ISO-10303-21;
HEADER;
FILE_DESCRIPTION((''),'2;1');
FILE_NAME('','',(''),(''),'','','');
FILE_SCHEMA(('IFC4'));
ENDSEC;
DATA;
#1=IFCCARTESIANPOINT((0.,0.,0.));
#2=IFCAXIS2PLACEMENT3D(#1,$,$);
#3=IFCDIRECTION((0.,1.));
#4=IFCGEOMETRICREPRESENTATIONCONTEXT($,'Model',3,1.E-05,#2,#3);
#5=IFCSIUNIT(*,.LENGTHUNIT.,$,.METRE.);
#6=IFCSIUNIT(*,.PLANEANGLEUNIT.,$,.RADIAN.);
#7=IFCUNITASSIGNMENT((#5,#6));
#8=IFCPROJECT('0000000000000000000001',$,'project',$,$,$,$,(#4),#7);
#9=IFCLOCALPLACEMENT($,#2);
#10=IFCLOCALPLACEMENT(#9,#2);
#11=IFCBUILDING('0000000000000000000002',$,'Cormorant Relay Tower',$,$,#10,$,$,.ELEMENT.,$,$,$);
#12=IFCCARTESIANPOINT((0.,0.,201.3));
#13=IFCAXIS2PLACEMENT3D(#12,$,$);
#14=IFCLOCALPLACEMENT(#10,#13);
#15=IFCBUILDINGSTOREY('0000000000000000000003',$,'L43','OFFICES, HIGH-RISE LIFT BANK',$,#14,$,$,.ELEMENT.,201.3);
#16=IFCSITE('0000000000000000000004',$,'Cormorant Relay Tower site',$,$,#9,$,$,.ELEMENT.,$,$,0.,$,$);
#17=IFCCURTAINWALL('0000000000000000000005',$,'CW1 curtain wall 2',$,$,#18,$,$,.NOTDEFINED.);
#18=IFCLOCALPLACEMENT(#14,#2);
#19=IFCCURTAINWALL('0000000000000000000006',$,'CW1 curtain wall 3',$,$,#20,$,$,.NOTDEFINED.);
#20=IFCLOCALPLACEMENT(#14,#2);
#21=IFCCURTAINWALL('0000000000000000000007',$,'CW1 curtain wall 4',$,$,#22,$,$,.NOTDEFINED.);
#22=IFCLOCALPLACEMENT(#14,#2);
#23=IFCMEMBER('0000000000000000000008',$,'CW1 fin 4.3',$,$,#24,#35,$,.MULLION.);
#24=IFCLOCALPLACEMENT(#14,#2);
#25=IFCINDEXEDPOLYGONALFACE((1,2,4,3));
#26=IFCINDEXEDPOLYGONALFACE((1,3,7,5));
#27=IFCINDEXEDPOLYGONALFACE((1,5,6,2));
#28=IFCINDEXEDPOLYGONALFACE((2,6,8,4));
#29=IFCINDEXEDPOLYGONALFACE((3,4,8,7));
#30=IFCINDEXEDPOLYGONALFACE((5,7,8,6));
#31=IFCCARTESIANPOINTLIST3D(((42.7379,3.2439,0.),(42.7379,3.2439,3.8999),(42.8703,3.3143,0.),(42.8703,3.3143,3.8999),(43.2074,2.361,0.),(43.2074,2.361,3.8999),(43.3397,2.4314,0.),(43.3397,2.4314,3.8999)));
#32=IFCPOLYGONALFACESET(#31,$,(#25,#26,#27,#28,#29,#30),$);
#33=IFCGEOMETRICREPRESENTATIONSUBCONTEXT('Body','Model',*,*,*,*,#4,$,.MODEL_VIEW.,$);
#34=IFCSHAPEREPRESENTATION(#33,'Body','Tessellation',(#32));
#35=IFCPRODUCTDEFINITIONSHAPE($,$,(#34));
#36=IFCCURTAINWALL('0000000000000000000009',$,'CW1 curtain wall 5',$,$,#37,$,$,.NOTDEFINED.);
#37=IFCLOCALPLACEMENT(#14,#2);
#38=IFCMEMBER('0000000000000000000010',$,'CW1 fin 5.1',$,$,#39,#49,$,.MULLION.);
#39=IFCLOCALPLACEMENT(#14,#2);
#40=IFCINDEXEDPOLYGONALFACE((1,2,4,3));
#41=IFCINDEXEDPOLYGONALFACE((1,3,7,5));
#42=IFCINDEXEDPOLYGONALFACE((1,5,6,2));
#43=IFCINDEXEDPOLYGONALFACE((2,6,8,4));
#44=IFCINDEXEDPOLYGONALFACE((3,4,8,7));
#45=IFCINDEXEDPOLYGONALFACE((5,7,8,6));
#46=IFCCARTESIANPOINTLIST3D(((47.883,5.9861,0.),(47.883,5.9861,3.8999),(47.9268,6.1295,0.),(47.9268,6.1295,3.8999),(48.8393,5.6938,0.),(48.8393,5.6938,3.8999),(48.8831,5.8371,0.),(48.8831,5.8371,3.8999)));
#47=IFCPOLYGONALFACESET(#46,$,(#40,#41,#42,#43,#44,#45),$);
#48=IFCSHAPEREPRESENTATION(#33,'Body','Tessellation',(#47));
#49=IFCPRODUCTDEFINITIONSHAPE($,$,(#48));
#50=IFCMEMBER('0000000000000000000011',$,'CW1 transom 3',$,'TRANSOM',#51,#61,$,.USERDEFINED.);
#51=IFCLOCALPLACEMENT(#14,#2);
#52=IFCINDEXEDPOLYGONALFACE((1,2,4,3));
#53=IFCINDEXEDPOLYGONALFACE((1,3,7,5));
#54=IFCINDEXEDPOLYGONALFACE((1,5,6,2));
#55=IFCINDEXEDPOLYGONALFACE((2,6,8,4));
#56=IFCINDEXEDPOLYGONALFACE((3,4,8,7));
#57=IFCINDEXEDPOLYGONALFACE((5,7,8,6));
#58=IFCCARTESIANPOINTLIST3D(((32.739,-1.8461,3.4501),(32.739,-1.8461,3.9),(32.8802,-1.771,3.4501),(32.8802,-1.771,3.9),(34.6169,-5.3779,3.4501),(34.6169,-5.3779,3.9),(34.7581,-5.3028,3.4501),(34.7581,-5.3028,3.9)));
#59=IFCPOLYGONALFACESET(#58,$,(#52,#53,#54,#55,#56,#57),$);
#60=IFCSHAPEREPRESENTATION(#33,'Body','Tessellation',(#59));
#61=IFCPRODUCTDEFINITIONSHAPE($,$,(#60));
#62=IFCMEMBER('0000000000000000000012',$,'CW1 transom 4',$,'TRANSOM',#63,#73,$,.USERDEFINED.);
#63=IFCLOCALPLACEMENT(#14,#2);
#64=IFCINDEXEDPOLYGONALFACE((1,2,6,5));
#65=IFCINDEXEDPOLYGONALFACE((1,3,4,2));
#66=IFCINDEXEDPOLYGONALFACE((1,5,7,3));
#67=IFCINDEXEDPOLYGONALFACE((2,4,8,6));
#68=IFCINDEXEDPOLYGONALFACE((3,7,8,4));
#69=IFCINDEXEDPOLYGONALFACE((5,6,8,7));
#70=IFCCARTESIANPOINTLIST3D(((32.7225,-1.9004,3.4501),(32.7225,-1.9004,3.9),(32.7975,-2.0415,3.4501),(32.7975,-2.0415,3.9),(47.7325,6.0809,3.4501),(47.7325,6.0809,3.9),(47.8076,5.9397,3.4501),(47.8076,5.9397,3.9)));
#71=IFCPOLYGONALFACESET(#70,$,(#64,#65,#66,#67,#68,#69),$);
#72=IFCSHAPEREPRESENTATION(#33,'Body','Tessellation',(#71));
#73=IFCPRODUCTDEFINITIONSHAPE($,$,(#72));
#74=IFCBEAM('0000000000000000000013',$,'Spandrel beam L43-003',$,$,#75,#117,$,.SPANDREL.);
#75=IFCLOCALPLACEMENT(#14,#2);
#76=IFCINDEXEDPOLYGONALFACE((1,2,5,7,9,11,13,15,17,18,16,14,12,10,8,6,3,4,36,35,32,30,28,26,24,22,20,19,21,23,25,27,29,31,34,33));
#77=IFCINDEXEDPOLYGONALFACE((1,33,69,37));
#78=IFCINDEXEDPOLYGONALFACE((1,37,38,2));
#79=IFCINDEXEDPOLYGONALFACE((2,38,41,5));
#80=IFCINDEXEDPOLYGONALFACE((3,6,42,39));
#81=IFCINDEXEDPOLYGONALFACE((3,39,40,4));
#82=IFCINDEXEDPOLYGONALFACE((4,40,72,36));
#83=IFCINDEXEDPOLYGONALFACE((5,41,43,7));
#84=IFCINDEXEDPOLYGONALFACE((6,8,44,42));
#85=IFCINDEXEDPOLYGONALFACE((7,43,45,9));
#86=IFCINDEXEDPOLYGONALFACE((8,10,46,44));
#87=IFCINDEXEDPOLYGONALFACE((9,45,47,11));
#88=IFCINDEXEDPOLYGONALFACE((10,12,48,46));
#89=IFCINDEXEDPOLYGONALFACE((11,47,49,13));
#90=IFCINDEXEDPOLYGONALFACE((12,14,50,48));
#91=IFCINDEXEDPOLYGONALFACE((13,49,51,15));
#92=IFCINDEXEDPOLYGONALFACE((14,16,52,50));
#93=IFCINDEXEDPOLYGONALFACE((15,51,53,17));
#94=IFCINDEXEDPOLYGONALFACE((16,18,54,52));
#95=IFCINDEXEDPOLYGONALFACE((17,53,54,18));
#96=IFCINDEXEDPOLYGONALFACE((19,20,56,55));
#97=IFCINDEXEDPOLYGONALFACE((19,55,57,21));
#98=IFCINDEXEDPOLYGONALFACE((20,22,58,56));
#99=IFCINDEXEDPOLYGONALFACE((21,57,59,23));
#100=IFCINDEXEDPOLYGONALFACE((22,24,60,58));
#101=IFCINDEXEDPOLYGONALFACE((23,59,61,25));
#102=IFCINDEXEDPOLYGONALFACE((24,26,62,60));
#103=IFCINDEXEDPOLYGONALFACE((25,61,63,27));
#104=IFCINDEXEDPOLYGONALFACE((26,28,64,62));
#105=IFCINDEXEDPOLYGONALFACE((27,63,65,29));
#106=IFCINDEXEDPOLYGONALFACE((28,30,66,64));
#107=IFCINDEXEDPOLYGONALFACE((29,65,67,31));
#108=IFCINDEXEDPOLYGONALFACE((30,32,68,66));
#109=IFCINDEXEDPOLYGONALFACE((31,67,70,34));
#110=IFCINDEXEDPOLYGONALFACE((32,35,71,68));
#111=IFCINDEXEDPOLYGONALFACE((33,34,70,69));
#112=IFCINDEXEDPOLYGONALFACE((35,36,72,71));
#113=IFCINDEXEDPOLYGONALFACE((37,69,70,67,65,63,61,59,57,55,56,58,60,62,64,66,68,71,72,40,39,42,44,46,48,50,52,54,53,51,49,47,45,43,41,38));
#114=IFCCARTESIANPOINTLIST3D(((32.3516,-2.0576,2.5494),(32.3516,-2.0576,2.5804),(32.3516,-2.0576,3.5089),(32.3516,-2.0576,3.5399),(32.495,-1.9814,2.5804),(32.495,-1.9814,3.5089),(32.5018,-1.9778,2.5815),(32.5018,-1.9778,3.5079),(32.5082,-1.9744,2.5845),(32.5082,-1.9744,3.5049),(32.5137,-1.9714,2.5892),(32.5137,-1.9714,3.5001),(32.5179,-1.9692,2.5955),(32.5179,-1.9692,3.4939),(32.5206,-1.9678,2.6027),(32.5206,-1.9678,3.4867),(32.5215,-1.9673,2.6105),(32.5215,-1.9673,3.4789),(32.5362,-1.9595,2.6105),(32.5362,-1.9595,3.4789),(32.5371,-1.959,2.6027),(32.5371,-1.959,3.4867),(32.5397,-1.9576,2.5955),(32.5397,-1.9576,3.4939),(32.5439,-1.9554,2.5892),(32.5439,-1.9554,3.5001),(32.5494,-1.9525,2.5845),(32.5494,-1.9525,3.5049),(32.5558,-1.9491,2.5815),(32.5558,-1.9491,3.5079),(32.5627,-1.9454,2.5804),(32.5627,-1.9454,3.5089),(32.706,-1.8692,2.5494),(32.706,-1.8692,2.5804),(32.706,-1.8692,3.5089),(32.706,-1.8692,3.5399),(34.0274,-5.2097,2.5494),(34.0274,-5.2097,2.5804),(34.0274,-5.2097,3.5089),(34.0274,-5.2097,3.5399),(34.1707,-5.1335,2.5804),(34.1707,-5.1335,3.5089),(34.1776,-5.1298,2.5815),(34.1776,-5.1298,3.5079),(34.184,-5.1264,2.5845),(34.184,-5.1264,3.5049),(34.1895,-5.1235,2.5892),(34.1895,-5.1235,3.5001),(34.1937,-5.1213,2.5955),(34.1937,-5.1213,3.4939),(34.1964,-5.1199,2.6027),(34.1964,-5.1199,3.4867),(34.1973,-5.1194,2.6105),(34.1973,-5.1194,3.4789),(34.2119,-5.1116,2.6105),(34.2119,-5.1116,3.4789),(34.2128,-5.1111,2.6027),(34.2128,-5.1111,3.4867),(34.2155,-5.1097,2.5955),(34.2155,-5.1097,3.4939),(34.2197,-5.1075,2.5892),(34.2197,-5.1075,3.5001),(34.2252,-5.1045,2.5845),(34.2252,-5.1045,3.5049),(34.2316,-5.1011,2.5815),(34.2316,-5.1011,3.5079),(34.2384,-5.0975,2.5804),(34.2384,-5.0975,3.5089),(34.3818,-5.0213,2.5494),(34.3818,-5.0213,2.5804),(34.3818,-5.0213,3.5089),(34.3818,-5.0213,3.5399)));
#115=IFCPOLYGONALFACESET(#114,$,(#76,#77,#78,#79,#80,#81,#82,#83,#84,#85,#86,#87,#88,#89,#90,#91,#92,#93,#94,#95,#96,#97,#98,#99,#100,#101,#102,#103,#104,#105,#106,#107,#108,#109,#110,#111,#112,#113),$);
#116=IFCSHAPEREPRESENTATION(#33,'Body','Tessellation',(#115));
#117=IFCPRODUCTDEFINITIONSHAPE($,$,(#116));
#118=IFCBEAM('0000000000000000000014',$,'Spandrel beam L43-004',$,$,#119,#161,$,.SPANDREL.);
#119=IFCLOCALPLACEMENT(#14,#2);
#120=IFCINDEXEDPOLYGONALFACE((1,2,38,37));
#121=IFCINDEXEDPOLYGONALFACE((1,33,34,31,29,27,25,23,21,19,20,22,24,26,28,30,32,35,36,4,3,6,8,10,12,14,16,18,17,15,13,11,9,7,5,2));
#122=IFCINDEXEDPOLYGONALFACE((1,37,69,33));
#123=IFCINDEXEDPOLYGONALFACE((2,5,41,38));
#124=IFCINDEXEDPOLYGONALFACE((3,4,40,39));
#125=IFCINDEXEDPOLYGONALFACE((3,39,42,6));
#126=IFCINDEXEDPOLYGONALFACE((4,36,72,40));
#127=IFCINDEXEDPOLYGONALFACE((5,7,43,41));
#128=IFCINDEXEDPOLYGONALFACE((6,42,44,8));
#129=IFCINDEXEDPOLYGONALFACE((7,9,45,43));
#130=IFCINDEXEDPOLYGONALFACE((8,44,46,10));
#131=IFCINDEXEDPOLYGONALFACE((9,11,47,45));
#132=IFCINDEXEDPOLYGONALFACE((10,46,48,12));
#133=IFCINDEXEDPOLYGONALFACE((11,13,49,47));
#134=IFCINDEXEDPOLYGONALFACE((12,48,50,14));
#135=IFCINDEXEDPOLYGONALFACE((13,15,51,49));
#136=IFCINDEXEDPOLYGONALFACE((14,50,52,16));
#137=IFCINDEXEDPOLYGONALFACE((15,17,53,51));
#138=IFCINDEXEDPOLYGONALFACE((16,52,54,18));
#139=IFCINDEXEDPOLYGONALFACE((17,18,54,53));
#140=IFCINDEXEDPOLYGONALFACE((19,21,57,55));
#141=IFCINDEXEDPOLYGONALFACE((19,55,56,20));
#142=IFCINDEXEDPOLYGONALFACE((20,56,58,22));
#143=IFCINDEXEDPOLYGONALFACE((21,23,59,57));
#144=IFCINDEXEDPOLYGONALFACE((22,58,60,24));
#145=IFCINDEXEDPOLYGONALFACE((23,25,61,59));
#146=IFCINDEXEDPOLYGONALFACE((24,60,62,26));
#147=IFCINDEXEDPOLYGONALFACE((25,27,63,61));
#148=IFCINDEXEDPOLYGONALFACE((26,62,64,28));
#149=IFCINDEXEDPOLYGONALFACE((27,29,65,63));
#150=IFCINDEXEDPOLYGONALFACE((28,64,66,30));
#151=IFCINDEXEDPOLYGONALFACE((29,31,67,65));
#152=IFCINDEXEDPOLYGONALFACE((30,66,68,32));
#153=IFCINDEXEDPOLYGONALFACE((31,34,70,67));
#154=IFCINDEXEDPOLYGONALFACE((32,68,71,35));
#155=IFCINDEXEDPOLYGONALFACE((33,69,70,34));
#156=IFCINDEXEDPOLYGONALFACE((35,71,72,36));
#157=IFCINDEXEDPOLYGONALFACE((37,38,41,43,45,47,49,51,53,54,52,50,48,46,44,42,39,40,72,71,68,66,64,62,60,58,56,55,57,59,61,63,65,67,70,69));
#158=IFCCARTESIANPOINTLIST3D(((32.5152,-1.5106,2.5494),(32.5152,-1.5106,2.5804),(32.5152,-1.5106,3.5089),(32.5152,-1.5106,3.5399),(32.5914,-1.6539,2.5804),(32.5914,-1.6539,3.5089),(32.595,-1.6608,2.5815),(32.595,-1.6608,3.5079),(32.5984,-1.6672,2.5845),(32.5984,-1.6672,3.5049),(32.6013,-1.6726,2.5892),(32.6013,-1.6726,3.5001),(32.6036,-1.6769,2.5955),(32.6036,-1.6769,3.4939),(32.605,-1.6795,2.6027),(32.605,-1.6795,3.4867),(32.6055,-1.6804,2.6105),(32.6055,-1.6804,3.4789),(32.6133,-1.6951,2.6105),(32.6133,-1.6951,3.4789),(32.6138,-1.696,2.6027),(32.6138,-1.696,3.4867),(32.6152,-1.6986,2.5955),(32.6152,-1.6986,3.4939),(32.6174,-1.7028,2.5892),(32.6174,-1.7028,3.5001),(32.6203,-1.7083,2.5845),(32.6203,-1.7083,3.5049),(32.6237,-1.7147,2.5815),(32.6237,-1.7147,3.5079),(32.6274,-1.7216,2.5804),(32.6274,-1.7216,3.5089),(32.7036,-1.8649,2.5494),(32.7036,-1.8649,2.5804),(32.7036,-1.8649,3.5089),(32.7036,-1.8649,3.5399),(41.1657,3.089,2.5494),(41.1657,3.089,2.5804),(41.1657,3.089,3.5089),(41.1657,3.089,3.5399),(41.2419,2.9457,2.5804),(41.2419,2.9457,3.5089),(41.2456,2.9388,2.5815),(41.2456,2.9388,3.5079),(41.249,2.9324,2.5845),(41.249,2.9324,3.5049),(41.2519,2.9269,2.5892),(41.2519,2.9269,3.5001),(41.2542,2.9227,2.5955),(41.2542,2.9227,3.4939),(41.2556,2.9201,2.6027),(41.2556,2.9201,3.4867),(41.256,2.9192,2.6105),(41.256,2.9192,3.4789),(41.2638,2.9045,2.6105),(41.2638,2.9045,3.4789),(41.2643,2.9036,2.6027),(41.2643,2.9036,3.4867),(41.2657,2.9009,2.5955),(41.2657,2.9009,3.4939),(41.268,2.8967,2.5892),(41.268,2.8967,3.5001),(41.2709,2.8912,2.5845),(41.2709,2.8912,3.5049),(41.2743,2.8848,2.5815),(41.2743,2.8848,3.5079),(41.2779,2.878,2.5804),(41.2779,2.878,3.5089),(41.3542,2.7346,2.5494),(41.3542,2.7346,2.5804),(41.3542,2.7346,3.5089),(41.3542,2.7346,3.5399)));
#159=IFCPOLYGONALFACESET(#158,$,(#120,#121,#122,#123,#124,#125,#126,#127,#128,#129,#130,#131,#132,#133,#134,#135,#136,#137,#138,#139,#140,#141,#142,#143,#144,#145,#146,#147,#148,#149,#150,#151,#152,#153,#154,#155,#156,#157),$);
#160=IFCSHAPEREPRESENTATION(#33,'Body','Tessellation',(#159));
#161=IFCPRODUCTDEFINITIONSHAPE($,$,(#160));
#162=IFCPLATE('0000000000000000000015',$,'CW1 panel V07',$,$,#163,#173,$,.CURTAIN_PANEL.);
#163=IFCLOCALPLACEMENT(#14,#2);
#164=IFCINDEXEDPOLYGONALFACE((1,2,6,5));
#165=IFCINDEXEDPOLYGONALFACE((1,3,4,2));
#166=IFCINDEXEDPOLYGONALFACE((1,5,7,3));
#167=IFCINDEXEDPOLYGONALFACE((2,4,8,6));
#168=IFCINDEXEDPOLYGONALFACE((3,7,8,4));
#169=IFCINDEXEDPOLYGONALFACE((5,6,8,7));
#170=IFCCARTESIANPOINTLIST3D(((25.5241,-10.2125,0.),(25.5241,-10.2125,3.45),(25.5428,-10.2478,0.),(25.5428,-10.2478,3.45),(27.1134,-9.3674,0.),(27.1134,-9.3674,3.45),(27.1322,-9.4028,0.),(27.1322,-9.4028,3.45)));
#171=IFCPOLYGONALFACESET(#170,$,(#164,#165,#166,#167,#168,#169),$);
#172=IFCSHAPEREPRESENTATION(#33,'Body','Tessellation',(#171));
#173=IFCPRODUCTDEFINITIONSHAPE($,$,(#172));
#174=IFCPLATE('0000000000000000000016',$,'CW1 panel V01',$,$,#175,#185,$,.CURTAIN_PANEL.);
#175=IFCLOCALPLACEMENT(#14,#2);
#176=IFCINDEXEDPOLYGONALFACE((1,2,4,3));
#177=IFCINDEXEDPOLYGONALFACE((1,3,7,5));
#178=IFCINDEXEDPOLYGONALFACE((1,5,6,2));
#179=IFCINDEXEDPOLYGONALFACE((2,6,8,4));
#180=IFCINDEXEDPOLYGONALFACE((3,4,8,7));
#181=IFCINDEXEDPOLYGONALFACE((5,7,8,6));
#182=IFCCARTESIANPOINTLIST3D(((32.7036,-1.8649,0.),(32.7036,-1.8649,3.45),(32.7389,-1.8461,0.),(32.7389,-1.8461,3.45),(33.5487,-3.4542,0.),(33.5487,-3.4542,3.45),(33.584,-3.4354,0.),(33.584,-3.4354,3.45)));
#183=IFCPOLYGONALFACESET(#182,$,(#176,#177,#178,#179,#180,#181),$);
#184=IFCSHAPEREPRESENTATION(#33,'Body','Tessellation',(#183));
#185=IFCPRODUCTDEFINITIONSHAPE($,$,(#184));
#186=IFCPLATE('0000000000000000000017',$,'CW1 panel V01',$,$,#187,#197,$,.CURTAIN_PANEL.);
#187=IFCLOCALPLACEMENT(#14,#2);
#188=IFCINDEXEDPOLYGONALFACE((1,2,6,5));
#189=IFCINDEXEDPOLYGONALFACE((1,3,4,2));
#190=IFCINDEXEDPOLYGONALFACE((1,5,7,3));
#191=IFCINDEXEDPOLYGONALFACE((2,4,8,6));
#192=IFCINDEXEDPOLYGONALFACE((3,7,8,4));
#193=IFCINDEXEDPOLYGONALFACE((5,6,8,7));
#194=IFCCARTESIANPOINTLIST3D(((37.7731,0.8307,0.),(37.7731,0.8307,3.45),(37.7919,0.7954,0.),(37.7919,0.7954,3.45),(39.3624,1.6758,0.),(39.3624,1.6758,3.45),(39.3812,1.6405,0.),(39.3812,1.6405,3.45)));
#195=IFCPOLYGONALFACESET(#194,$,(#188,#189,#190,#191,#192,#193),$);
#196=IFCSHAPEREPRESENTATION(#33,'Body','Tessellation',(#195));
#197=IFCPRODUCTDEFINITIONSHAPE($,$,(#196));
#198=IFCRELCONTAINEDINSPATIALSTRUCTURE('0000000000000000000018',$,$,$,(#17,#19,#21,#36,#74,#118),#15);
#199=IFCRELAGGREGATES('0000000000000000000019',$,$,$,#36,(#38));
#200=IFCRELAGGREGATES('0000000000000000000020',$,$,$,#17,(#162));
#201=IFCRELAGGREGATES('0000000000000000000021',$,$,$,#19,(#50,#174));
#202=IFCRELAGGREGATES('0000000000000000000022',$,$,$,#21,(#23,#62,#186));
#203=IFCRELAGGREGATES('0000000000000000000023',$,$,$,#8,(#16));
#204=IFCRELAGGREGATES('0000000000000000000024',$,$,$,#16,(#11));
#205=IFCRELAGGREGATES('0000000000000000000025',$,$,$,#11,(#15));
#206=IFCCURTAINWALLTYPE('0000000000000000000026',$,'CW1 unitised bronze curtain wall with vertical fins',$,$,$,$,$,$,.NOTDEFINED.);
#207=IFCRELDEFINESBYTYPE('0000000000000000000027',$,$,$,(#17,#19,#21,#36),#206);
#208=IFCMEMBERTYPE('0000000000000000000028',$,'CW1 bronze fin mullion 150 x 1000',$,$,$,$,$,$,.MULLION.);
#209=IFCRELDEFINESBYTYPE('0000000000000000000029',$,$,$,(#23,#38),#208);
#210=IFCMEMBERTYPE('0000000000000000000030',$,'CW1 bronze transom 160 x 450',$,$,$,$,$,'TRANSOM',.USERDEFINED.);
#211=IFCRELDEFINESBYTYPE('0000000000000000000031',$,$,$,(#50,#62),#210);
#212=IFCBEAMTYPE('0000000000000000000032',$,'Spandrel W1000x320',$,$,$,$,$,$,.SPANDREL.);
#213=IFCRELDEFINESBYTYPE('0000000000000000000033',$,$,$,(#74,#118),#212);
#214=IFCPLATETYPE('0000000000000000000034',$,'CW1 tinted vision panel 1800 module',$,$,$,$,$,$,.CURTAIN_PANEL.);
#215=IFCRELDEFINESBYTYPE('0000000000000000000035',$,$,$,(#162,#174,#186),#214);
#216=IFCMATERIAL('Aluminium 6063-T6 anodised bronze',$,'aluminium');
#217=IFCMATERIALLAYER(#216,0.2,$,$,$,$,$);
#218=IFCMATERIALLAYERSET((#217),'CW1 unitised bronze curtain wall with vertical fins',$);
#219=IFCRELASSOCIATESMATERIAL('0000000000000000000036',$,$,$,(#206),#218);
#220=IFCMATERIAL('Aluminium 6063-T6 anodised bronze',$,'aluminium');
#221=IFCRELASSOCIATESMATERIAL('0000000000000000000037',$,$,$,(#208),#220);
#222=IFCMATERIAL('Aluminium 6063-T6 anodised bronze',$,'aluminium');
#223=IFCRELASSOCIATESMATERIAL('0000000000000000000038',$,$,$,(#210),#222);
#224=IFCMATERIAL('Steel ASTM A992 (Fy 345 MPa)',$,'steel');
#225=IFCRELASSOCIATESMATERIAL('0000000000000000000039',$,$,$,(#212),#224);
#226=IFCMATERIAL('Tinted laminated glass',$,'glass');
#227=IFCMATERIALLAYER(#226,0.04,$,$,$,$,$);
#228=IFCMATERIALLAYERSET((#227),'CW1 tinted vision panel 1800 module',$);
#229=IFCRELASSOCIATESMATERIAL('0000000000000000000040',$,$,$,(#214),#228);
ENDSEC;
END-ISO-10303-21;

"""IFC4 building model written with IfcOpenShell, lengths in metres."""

from ifc_helpers import new_model, si_unit, direction, frame, origin, origin_2d, place, context, subcontext, project, spatial, rectangle, i_section, extrude, material, layer, layer_set, material_profile, profile_set, type_object, element, aggregate, save


model = new_model("IFC4")

# Units and contexts
model_context = context("Model", 3, precision=1e-05, world=origin(), true_north=direction((0.0, 1.0)))
body_context = subcontext(model_context, "Body", "Model", "MODEL_VIEW")
ifc_project = project(units=[si_unit("LENGTHUNIT", "METRE"), si_unit("PLANEANGLEUNIT", "RADIAN")], contexts=[model_context])

# Site, building, storey
site_placement = place(None, origin())
site = spatial("IfcSite", under=ifc_project, at=site_placement, Name="Cormorant Relay Tower site", CompositionType="ELEMENT", RefElevation=0.0)
building_placement = place(site_placement, origin())
building = spatial("IfcBuilding", under=site, at=building_placement, Name="Cormorant Relay Tower", CompositionType="ELEMENT")
storey_placement = place(building_placement, frame((0.0, 0.0, 201.3)))
storey = spatial("IfcBuildingStorey", under=building, at=storey_placement, Name="L43", Description="OFFICES, HIGH-RISE LIFT BANK", CompositionType="ELEMENT", Elevation=201.3)

# Curtain walls
ifc_material_1 = material(Name="Aluminium 6063-T6 anodised bronze", Category="aluminium")
ifc_layer_1 = layer(ifc_material_1, 0.2)
ifc_layer_set_1 = layer_set([ifc_layer_1], Name="CW1 unitised bronze curtain wall with vertical fins")
curtain_wall_type = type_object("IfcCurtainWallType", Name="CW1 unitised bronze curtain wall with vertical fins", PredefinedType="NOTDEFINED", material=ifc_layer_set_1)
curtain_wall_1_placement = place(storey_placement, origin())
curtain_wall_1 = element("IfcCurtainWall", 1, at=curtain_wall_1_placement, inside=storey, type_object=curtain_wall_type, Name="CW1 curtain wall 2", PredefinedType="NOTDEFINED")
ifc_material_2 = material(Name="Aluminium 6063-T6 anodised bronze", Category="aluminium")
ifc_material_profile_1 = material_profile(ifc_material_2, rectangle(XDim=0.1499, YDim=1.0, at=origin_2d()), Name="AL 150x1000")
ifc_profile_set_1 = profile_set([ifc_material_profile_1], Name="Aluminium 6063-T6 anodised bronze")
member_type_1 = type_object("IfcMemberType", Name="CW1 bronze fin mullion 150 x 1000", PredefinedType="MULLION", material=ifc_profile_set_1)
curtain_wall_2_placement = place(storey_placement, origin())
curtain_wall_2 = element("IfcCurtainWall", 2, at=curtain_wall_2_placement, inside=storey, type_object=curtain_wall_type, Name="CW1 curtain wall 3", PredefinedType="NOTDEFINED")

# Curtain wall, member
curtain_wall_3_placement = place(storey_placement, origin())
curtain_wall_3 = element("IfcCurtainWall", 3, at=curtain_wall_3_placement, inside=storey, type_object=curtain_wall_type, Name="CW1 curtain wall 4", PredefinedType="NOTDEFINED")
member_1_placement = place(storey_placement, frame((43.0388, 2.8376, 0.0), z_axis=(0.0, 0.0, 1.0), x_axis=(0.882948, 0.469472, 0.0)))
member_1 = element("IfcMember", 4, at=member_1_placement, type_object=member_type_1, Name="CW1 fin 4.3", PredefinedType="MULLION", context=body_context, shape_type="SweptSolid", body=[
    extrude(rectangle(XDim=0.1499, YDim=1.0, at=origin_2d()), origin(), (0.0, 0.0, 1.0), 3.8999),
])

# Curtain wall, member
curtain_wall_4_placement = place(storey_placement, origin())
curtain_wall_4 = element("IfcCurtainWall", 5, at=curtain_wall_4_placement, inside=storey, type_object=curtain_wall_type, Name="CW1 curtain wall 5", PredefinedType="NOTDEFINED")
member_2_placement = place(storey_placement, frame((48.3831, 5.9116, 0.0), z_axis=(0.0, 0.0, 1.0), x_axis=(0.292372, 0.956305, 0.0)))
member_2 = element("IfcMember", 6, at=member_2_placement, type_object=member_type_1, Name="CW1 fin 5.1", PredefinedType="MULLION", context=body_context, shape_type="SweptSolid", body=[
    extrude(rectangle(XDim=0.1499, YDim=1.0, at=origin_2d()), origin(), (0.0, 0.0, 1.0), 3.8999),
])
aggregate(curtain_wall_4, [member_2])

# Members
ifc_material_3 = material(Name="Aluminium 6063-T6 anodised bronze", Category="aluminium")
ifc_material_profile_2 = material_profile(ifc_material_3, rectangle(XDim=0.1599, YDim=0.45, at=origin_2d()), Name="AL 160x450")
ifc_profile_set_2 = profile_set([ifc_material_profile_2], Name="Aluminium 6063-T6 anodised bronze")
member_type_2 = type_object("IfcMemberType", Name="CW1 bronze transom 160 x 450", ElementType="TRANSOM", PredefinedType="USERDEFINED", material=ifc_profile_set_2)
member_3_placement = place(storey_placement, frame((34.6875, -5.3403, 3.675), z_axis=(-0.469485, 0.88294, 0.0), x_axis=(-0.88294, -0.469485, 0.0)))
member_3 = element("IfcMember", 7, at=member_3_placement, type_object=member_type_2, Name="CW1 transom 3", ObjectType="TRANSOM", PredefinedType="USERDEFINED", context=body_context, shape_type="SweptSolid", body=[
    extrude(rectangle(XDim=0.1599, YDim=0.45, at=origin_2d()), origin(), (0.0, 0.0, 1.0), 4.0),
])
member_4_placement = place(storey_placement, frame((32.76, -1.9709, 3.675), z_axis=(0.882942, 0.469482, 0.0), x_axis=(-0.469482, 0.882942, 0.0)))
member_4 = element("IfcMember", 8, at=member_4_placement, type_object=member_type_2, Name="CW1 transom 4", ObjectType="TRANSOM", PredefinedType="USERDEFINED", context=body_context, shape_type="SweptSolid", body=[
    extrude(rectangle(XDim=0.1599, YDim=0.45, at=origin_2d()), origin(), (0.0, 0.0, 1.0), 17.0),
])

# Beams
ifc_material_4 = material(Name="Steel ASTM A992 (Fy 345 MPa)", Category="steel")
ifc_material_profile_3 = material_profile(ifc_material_4, i_section(OverallWidth=0.4014, OverallDepth=0.9905, WebThickness=0.0166, FlangeThickness=0.031, FilletRadius=0.03, at=origin_2d()), Name="W1000x320")
ifc_profile_set_3 = profile_set([ifc_material_profile_3], Name="Steel ASTM A992 (Fy 345 MPa)")
beam_type = type_object("IfcBeamType", Name="Spandrel W1000x320", PredefinedType="SPANDREL", material=ifc_profile_set_3)
beam_1_placement = place(storey_placement, frame((34.2046, -5.1155, 3.0447), z_axis=(-0.469424, 0.882973, 0.0), x_axis=(-0.882973, -0.469424, 0.0)))
element("IfcBeam", 9, at=beam_1_placement, inside=storey, type_object=beam_type, Name="Spandrel beam L43-003", PredefinedType="SPANDREL", context=body_context, shape_type="SweptSolid", body=[
    extrude(i_section(OverallWidth=0.4014, OverallDepth=0.9905, WebThickness=0.0166, FlangeThickness=0.031, FilletRadius=0.03, at=origin_2d()), origin(), (0.0, 0.0, 1.0), 3.5698),
])
beam_2_placement = place(storey_placement, frame((32.6094, -1.6877, 3.0447), z_axis=(0.882948, 0.46947, 0.0), x_axis=(-0.46947, 0.882948, 0.0)))
element("IfcBeam", 10, at=beam_2_placement, inside=storey, type_object=beam_type, Name="Spandrel beam L43-004", PredefinedType="SPANDREL", context=body_context, shape_type="SweptSolid", body=[
    extrude(i_section(OverallWidth=0.4014, OverallDepth=0.9905, WebThickness=0.0166, FlangeThickness=0.031, FilletRadius=0.03, at=origin_2d()), origin(), (0.0, 0.0, 1.0), 9.7974),
])

# Plates
ifc_material_5 = material(Name="Tinted laminated glass", Category="glass")
ifc_layer_2 = layer(ifc_material_5, 0.04)
ifc_layer_set_2 = layer_set([ifc_layer_2], Name="CW1 tinted vision panel 1800 module")
plate_type = type_object("IfcPlateType", Name="CW1 tinted vision panel 1800 module", PredefinedType="CURTAIN_PANEL", material=ifc_layer_set_2)
plate_1_placement = place(storey_placement, frame((26.3281, -9.8076, 0.0), z_axis=(0.0, 0.0, 1.0), x_axis=(0.882948, 0.469472, 0.0)))
plate_1 = element("IfcPlate", 11, at=plate_1_placement, type_object=plate_type, Name="CW1 panel V07", PredefinedType="CURTAIN_PANEL", context=body_context, shape_type="SweptSolid", body=[
    extrude(rectangle(XDim=1.8, YDim=0.04, at=origin_2d()), origin(), (0.0, 0.0, 1.0), 3.45),
])
plate_2_placement = place(storey_placement, frame((33.1438, -2.6501, 0.0), z_axis=(0.0, 0.0, 1.0), x_axis=(-0.469472, 0.882948, 0.0)))
plate_2 = element("IfcPlate", 12, at=plate_2_placement, type_object=plate_type, Name="CW1 panel V01", PredefinedType="CURTAIN_PANEL", context=body_context, shape_type="SweptSolid", body=[
    extrude(rectangle(XDim=1.8, YDim=0.04, at=origin_2d()), origin(), (0.0, 0.0, 1.0), 3.45),
])
plate_3_placement = place(storey_placement, frame((38.5771, 1.2356, 0.0), z_axis=(0.0, 0.0, 1.0), x_axis=(0.882948, 0.469472, 0.0)))
plate_3 = element("IfcPlate", 13, at=plate_3_placement, type_object=plate_type, Name="CW1 panel V01", PredefinedType="CURTAIN_PANEL", context=body_context, shape_type="SweptSolid", body=[
    extrude(rectangle(XDim=1.8, YDim=0.04, at=origin_2d()), origin(), (0.0, 0.0, 1.0), 3.45),
])

aggregate(curtain_wall_1, [plate_1])
aggregate(curtain_wall_2, [member_3, plate_2])
aggregate(curtain_wall_3, [member_1, member_4, plate_3])

save(model, "model.ifc")
